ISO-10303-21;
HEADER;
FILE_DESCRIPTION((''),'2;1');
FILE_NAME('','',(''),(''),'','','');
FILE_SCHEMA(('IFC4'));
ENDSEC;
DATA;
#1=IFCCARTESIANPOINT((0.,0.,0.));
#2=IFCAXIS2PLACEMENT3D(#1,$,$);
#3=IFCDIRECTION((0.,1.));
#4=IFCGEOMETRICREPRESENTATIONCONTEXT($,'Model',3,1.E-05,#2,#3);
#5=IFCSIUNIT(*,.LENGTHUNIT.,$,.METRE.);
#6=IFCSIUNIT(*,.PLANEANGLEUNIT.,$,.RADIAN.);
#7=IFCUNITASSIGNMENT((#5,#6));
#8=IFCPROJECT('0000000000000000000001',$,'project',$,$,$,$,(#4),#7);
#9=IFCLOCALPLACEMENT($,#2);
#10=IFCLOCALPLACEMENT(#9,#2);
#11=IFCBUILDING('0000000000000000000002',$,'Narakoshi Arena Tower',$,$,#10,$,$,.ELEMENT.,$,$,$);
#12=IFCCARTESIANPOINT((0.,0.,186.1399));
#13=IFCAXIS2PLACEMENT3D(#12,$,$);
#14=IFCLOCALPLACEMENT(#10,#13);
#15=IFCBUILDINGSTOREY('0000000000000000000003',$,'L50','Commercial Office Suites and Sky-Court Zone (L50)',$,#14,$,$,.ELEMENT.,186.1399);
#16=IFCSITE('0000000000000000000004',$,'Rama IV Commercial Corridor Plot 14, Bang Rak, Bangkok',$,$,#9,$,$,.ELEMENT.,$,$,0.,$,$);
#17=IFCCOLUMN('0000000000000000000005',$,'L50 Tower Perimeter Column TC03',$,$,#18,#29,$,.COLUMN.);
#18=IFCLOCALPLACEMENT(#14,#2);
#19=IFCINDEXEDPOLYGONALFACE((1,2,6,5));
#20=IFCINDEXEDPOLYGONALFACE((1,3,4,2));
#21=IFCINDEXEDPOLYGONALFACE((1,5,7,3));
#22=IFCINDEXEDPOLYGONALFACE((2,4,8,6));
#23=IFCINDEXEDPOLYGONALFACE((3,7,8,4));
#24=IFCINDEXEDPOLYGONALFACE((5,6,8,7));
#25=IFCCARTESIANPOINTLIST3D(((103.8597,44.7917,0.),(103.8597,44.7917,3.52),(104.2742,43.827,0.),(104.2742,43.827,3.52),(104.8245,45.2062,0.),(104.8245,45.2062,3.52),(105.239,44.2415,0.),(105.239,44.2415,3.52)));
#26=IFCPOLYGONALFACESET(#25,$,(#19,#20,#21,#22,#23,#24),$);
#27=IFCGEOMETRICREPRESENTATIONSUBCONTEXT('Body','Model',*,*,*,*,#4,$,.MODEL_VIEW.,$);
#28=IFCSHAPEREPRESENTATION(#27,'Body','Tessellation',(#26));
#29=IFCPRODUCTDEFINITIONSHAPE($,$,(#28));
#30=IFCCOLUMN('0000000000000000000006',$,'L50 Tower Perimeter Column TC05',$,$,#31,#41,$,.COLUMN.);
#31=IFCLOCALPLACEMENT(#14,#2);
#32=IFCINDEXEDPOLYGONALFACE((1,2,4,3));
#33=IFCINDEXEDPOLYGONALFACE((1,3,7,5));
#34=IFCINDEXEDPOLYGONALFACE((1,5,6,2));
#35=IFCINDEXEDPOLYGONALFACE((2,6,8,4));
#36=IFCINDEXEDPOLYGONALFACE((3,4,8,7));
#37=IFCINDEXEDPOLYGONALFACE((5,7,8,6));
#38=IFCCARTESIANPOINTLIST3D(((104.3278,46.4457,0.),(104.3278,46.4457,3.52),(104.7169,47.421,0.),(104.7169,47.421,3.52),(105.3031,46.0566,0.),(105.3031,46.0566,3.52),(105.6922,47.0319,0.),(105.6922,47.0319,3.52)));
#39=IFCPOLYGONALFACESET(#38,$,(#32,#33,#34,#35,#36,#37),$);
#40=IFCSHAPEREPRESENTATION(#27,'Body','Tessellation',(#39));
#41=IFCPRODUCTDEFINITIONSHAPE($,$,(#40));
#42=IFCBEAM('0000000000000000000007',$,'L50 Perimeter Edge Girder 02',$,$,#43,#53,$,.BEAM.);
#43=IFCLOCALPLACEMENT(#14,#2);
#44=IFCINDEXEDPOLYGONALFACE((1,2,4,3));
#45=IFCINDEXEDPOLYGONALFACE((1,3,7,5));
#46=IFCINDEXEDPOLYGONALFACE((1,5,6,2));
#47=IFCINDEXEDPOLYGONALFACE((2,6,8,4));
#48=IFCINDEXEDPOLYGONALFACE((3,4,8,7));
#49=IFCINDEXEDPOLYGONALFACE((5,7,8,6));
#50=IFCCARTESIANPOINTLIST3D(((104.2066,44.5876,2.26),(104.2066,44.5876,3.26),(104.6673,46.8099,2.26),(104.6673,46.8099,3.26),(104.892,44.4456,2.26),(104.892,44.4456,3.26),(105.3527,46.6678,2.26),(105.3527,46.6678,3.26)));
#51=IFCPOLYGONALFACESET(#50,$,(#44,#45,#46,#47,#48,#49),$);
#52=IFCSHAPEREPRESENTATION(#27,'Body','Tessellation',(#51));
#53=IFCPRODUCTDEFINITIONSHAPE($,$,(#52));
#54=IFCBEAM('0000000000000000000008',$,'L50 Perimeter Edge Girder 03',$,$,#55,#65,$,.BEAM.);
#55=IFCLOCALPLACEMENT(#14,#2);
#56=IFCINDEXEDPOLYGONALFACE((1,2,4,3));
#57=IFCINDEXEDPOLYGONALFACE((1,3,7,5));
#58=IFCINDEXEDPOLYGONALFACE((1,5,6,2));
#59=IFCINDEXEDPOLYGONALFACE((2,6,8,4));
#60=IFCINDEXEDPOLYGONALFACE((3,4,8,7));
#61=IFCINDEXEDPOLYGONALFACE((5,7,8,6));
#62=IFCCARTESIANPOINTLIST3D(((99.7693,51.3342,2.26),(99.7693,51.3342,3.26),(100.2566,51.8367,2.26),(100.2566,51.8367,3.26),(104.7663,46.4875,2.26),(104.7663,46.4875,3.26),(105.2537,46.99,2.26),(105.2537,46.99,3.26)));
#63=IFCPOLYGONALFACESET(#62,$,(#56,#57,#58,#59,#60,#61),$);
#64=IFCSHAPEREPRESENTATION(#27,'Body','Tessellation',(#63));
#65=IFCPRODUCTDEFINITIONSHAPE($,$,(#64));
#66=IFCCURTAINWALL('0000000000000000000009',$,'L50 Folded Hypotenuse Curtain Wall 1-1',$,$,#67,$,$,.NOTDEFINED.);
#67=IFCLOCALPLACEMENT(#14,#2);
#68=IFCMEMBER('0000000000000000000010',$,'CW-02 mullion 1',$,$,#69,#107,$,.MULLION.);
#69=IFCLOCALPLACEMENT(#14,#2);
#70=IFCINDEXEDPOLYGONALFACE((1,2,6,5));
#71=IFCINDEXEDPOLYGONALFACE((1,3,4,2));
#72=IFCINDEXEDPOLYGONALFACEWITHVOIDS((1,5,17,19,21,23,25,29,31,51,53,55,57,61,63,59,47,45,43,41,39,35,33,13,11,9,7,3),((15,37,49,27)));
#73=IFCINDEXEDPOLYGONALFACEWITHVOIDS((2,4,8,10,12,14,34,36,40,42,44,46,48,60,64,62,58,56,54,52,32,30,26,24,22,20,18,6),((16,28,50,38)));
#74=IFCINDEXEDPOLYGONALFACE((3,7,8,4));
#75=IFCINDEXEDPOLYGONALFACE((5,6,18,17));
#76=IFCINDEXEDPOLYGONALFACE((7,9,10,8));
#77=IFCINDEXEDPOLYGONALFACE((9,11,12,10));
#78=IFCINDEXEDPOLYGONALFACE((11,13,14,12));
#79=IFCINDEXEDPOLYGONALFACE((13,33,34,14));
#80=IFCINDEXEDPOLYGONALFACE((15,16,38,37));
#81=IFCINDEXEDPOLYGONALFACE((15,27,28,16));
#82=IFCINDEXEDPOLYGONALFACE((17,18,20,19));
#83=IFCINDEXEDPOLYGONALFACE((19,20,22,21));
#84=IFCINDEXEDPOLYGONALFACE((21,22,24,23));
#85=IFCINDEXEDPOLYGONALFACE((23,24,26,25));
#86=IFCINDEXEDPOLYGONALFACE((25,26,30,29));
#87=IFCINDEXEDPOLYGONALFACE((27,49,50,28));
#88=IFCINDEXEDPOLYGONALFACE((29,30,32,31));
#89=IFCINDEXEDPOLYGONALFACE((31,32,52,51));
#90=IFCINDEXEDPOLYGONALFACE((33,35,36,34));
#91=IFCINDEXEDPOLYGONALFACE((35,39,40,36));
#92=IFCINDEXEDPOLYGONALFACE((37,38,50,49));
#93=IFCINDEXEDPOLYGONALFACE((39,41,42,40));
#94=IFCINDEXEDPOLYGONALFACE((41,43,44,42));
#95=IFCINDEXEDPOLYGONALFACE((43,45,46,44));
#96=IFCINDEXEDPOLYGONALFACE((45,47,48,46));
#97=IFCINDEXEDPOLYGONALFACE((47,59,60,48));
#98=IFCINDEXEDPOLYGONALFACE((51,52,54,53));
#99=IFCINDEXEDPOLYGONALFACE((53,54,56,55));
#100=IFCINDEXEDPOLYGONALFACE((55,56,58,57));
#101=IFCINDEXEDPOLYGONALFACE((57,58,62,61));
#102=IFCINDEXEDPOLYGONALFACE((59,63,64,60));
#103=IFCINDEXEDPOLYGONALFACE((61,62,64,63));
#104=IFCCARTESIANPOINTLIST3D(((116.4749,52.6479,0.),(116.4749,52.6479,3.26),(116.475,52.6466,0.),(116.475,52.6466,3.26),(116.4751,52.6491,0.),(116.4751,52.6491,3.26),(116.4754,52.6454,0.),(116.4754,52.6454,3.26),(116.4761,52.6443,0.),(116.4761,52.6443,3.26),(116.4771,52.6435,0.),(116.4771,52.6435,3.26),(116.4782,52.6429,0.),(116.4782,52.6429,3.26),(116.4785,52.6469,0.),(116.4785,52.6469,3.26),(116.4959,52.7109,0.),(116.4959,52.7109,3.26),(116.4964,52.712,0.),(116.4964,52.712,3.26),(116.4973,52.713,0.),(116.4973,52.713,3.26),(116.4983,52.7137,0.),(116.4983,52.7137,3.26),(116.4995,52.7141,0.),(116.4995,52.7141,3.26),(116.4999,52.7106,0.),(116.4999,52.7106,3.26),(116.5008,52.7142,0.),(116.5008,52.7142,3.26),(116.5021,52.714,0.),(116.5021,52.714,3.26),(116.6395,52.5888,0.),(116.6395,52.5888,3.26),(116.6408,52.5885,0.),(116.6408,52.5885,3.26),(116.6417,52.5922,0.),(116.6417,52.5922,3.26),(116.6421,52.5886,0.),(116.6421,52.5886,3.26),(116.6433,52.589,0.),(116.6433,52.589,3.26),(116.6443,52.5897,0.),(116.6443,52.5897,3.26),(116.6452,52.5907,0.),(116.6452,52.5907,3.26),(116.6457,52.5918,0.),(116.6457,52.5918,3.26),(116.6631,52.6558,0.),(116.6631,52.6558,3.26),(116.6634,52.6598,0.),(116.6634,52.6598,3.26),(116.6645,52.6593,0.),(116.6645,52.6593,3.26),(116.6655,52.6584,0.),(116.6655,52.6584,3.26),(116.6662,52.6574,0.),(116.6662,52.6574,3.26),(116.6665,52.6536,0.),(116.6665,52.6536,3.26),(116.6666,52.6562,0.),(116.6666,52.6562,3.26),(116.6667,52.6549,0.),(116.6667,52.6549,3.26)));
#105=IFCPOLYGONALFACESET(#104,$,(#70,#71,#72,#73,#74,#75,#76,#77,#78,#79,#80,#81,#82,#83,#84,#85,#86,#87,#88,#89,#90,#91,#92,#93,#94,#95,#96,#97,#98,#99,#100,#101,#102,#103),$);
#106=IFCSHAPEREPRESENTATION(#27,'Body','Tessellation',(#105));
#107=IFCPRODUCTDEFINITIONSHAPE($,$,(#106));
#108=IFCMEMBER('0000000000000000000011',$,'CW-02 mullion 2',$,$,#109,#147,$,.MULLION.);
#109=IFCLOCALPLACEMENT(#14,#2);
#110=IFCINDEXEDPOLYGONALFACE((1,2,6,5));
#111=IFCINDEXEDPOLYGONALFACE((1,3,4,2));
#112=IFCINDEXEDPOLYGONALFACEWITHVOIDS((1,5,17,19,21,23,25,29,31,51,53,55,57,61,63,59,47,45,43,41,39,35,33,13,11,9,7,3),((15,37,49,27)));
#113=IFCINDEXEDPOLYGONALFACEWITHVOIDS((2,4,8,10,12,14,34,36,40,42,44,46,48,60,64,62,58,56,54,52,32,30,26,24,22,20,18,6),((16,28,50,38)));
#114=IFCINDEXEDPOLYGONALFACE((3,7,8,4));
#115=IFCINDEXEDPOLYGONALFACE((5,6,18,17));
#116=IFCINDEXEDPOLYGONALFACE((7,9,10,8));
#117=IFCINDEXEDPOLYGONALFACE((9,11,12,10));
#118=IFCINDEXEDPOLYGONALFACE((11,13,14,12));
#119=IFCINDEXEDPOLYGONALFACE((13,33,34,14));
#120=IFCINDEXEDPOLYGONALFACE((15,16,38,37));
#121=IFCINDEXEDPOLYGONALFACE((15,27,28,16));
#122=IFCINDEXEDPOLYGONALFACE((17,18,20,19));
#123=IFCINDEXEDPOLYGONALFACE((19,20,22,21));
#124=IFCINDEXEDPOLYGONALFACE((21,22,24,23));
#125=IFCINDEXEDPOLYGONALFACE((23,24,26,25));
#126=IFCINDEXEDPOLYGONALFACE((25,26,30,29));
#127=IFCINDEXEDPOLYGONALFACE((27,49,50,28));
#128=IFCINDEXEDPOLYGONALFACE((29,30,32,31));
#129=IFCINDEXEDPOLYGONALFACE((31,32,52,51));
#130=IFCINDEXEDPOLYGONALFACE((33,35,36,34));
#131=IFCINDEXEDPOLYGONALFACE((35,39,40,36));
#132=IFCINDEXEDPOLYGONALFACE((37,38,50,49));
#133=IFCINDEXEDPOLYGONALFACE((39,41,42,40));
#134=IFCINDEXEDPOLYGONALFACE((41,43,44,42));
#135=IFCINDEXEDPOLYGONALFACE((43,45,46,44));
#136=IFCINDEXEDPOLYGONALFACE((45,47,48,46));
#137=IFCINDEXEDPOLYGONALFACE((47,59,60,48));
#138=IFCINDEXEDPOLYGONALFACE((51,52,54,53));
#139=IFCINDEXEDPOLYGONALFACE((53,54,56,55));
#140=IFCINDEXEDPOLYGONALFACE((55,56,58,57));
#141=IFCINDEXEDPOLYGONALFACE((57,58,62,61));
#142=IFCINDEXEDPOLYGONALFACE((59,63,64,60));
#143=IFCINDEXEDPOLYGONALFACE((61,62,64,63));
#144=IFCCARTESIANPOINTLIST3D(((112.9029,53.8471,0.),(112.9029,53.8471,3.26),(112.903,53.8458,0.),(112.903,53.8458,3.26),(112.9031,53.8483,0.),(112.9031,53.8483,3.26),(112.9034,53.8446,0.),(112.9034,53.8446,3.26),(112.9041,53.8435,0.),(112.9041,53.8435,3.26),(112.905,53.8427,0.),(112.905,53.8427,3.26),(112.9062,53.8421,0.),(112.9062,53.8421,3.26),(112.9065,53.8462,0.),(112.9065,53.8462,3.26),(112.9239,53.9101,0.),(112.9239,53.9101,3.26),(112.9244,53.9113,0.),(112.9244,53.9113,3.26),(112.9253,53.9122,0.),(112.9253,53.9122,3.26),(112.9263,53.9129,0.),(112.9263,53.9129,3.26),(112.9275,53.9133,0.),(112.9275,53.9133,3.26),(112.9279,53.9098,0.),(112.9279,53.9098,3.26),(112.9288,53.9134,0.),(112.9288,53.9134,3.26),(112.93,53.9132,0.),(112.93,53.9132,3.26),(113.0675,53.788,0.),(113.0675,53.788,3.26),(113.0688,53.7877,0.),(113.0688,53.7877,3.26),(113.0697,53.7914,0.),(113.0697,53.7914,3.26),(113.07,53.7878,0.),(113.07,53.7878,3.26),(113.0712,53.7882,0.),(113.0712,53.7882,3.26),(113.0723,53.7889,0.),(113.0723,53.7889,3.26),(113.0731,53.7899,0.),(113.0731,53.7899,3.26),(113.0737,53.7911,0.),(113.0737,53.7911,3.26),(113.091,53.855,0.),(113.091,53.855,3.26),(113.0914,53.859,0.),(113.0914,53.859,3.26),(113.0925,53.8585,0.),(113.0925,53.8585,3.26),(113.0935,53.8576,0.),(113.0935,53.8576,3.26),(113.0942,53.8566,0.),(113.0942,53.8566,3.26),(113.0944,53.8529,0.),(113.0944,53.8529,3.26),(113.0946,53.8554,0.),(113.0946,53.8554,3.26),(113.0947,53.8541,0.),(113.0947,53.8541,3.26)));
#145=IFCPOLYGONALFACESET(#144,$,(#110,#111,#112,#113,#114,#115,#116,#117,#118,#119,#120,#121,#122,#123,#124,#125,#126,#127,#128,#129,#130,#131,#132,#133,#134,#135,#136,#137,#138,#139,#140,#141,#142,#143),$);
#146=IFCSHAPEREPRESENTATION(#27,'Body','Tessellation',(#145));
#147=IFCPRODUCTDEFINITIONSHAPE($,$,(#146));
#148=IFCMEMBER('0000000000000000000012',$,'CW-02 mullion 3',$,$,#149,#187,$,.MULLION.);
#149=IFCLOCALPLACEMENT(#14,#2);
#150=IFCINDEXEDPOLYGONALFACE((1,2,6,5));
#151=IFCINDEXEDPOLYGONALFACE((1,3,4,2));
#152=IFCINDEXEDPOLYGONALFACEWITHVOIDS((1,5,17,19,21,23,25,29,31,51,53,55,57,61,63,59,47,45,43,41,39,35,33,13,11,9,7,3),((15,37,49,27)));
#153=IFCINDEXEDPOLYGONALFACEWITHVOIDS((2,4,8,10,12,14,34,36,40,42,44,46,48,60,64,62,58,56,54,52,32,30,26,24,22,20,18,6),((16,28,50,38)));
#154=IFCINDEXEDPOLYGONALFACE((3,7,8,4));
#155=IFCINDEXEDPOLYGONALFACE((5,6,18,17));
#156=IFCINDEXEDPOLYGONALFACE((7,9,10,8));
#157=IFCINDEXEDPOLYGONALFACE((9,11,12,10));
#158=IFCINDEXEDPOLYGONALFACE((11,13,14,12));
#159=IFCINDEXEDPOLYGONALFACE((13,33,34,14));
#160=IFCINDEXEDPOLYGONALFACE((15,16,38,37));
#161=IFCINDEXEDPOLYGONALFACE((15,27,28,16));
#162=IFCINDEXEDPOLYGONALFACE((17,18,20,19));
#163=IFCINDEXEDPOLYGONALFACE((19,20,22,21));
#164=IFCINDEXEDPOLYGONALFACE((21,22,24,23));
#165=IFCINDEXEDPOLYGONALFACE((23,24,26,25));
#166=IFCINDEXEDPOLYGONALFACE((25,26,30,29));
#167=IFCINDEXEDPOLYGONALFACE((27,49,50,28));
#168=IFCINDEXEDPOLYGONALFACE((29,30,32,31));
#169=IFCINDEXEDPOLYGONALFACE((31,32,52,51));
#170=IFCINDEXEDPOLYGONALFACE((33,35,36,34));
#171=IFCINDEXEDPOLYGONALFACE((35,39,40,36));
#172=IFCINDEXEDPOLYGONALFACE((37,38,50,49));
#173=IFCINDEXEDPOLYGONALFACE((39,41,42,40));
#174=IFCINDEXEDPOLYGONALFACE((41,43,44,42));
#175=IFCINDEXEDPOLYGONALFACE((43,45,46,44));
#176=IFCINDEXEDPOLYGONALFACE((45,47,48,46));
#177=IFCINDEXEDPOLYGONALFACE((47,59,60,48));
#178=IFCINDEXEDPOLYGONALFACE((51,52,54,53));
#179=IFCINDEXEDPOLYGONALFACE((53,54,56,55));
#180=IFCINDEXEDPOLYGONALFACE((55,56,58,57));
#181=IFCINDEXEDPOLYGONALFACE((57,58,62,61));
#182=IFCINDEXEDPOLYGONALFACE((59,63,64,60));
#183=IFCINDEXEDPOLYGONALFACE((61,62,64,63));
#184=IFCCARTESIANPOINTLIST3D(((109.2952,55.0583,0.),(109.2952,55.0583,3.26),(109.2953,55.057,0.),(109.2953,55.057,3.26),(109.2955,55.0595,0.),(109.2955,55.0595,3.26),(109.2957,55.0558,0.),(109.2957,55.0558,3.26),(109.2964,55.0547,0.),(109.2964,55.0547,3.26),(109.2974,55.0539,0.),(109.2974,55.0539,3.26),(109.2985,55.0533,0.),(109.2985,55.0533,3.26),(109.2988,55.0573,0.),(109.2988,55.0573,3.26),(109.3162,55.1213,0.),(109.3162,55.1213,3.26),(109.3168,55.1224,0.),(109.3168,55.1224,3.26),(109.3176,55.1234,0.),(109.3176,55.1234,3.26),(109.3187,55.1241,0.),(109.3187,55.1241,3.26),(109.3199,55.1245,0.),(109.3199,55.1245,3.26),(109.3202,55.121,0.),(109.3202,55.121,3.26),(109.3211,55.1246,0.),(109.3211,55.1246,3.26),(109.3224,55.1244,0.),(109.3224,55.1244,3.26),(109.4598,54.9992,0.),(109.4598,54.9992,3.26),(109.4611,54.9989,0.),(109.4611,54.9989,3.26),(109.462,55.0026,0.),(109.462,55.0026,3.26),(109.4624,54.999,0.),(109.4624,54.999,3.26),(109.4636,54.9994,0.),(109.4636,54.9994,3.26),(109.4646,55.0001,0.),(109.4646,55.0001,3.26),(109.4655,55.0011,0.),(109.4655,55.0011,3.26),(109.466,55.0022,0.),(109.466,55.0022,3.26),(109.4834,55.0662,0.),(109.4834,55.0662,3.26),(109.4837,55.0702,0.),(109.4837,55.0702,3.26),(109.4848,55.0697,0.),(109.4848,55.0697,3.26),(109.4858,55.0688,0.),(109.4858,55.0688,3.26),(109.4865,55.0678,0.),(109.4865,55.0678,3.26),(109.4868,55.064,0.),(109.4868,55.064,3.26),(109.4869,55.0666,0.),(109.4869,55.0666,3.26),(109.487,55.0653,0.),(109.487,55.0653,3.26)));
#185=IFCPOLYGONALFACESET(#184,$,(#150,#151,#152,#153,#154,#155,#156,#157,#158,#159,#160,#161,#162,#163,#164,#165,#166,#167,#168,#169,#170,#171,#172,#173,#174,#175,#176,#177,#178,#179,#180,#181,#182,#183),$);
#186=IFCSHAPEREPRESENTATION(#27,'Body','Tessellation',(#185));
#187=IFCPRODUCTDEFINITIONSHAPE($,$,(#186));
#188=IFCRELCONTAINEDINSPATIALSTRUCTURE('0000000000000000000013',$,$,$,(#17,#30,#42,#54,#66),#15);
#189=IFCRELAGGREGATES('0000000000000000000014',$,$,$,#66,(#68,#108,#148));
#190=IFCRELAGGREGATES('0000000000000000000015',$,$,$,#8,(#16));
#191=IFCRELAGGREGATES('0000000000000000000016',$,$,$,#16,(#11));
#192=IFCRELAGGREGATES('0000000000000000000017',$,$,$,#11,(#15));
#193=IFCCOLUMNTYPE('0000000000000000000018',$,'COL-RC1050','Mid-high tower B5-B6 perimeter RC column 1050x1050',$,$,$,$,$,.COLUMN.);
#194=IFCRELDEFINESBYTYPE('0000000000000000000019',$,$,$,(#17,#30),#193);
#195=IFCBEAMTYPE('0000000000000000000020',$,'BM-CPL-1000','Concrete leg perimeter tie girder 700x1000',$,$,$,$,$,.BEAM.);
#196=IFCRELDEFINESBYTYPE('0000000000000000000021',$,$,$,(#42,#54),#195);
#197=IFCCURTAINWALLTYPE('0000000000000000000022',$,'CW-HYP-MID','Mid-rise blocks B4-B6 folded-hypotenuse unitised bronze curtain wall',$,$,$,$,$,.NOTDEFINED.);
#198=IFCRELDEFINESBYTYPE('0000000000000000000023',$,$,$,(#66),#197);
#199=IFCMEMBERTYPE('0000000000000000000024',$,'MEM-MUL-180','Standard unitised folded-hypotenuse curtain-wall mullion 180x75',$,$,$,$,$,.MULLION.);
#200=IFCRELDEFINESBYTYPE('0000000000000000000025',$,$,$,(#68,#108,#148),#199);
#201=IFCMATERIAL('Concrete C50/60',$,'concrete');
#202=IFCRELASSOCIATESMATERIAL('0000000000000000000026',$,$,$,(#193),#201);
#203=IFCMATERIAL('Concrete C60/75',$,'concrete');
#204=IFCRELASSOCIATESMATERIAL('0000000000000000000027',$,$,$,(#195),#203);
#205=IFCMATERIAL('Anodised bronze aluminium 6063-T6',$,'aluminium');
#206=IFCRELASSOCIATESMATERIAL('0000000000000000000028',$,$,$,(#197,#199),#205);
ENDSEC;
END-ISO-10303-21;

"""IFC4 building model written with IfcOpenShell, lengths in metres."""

from ifc_helpers import new_model, si_unit, direction, frame, origin, origin_2d, place, context, subcontext, project, spatial, rectangle, hollow_rectangle, extrude, material, material_profile, profile_set, type_object, element, aggregate, save


model = new_model("IFC4")

# Units and contexts
model_context = context("Model", 3, precision=1e-05, world=origin(), true_north=direction((0.0, 1.0)))
body_context = subcontext(model_context, "Body", "Model", "MODEL_VIEW")
ifc_project = project(units=[si_unit("LENGTHUNIT", "METRE"), si_unit("PLANEANGLEUNIT", "RADIAN")], contexts=[model_context])

# Site, building, storey
site_placement = place(None, origin())
site = spatial("IfcSite", under=ifc_project, at=site_placement, Name="Rama IV Commercial Corridor Plot 14, Bang Rak, Bangkok", CompositionType="ELEMENT", RefElevation=0.0)
building_placement = place(site_placement, origin())
building = spatial("IfcBuilding", under=site, at=building_placement, Name="Narakoshi Arena Tower", CompositionType="ELEMENT")
storey_placement = place(building_placement, frame((0.0, 0.0, 186.1399)))
storey = spatial("IfcBuildingStorey", under=building, at=storey_placement, Name="L50", Description="Commercial Office Suites and Sky-Court Zone (L50)", CompositionType="ELEMENT", Elevation=186.1399)

# Columns
ifc_material_1 = material(Name="Concrete C50/60", Category="concrete")
ifc_material_profile_1 = material_profile(ifc_material_1, rectangle(XDim=1.05, YDim=1.05, at=origin_2d()), Name="RC1050x1050")
ifc_profile_set_1 = profile_set([ifc_material_profile_1], Name="Concrete C50/60")
column_type = type_object("IfcColumnType", Name="COL-RC1050", Description="Mid-high tower B5-B6 perimeter RC column 1050x1050", PredefinedType="COLUMN", material=ifc_profile_set_1)
for number, where, z_axis, x_axis, name in (
    (1, (104.5493, 44.5166, 0.0), (0.0, 0.0, 1.0), (0.918791, 0.394744, 0.0), "L50 Tower Perimeter Column TC03"),
    (2, (105.01, 46.7388, 0.0), (0.0, 0.0, 1.0), (0.370557, 0.92881, 0.0), "L50 Tower Perimeter Column TC05"),
):
    element("IfcColumn", number, at=place(storey_placement, frame(where, z_axis=z_axis, x_axis=x_axis)), inside=storey, type_object=column_type, Name=name, PredefinedType="COLUMN", context=body_context, shape_type="SweptSolid", body=[
        extrude(rectangle(XDim=1.05, YDim=1.05, at=origin_2d()), origin(), (0.0, 0.0, 1.0), 3.52),
    ])

# Beams
ifc_material_2 = material(Name="Concrete C60/75", Category="concrete")
ifc_material_profile_2 = material_profile(ifc_material_2, rectangle(XDim=0.7, YDim=1.0, at=origin_2d()), Name="RCB700x1000")
ifc_profile_set_2 = profile_set([ifc_material_profile_2], Name="Concrete C60/75")
beam_type = type_object("IfcBeamType", Name="BM-CPL-1000", Description="Concrete leg perimeter tie girder 700x1000", PredefinedType="BEAM", material=ifc_profile_set_2)
beam_1_placement = place(storey_placement, frame((104.5493, 44.5166, 2.76), z_axis=(0.203, 0.979179, 0.0), x_axis=(-0.979179, 0.203, 0.0)))
element("IfcBeam", 3, at=beam_1_placement, inside=storey, type_object=beam_type, Name="L50 Perimeter Edge Girder 02", PredefinedType="BEAM", context=body_context, shape_type="SweptSolid", body=[
    extrude(rectangle(XDim=0.7, YDim=1.0, at=origin_2d()), origin(), (0.0, 0.0, 1.0), 2.2695),
])
beam_2_placement = place(storey_placement, frame((105.01, 46.7388, 2.76), z_axis=(-0.717826, 0.696223, 0.0), x_axis=(-0.696223, -0.717826, 0.0)))
element("IfcBeam", 4, at=beam_2_placement, inside=storey, type_object=beam_type, Name="L50 Perimeter Edge Girder 03", PredefinedType="BEAM", context=body_context, shape_type="SweptSolid", body=[
    extrude(rectangle(XDim=0.7, YDim=1.0, at=origin_2d()), origin(), (0.0, 0.0, 1.0), 6.9614),
])

# Curtain wall, members
ifc_material_3 = material(Name="Anodised bronze aluminium 6063-T6", Category="aluminium")
curtain_wall_type = type_object("IfcCurtainWallType", Name="CW-HYP-MID", Description="Mid-rise blocks B4-B6 folded-hypotenuse unitised bronze curtain wall", PredefinedType="NOTDEFINED", material=ifc_material_3)
curtain_wall_placement = place(storey_placement, origin())
curtain_wall = element("IfcCurtainWall", 5, at=curtain_wall_placement, inside=storey, type_object=curtain_wall_type, Name="L50 Folded Hypotenuse Curtain Wall 1-1", PredefinedType="NOTDEFINED")
ifc_material_profile_3 = material_profile(ifc_material_3, hollow_rectangle(XDim=0.075, YDim=0.1799, WallThickness=0.0039, OuterFilletRadius=0.0049, at=origin_2d()), Name="MUL180x75x4")
ifc_profile_set_3 = profile_set([ifc_material_profile_3], Name="Anodised bronze aluminium 6063-T6")
member_type_1 = type_object("IfcMemberType", Name="MEM-MUL-180", Description="Standard unitised folded-hypotenuse curtain-wall mullion 180x75", PredefinedType="MULLION", material=ifc_profile_set_3)
member_1_placement = place(storey_placement, frame((116.5708, 52.6514, 0.0), z_axis=(0.0, 0.0, 1.0), x_axis=(-0.318261, -0.948003, 0.0)))
member_1 = element("IfcMember", 6, at=member_1_placement, type_object=member_type_1, Name="CW-02 mullion 1", PredefinedType="MULLION", context=body_context, shape_type="SweptSolid", body=[
    extrude(hollow_rectangle(XDim=0.075, YDim=0.1799, WallThickness=0.0039, OuterFilletRadius=0.0049, at=origin_2d()), origin(), (0.0, 0.0, 1.0), 3.26),
])
member_2_placement = place(storey_placement, frame((112.9988, 53.8506, 0.0), z_axis=(0.0, 0.0, 1.0), x_axis=(-0.318261, -0.948003, 0.0)))
member_2 = element("IfcMember", 7, at=member_2_placement, type_object=member_type_1, Name="CW-02 mullion 2", PredefinedType="MULLION", context=body_context, shape_type="SweptSolid", body=[
    extrude(hollow_rectangle(XDim=0.075, YDim=0.1799, WallThickness=0.0039, OuterFilletRadius=0.0049, at=origin_2d()), origin(), (0.0, 0.0, 1.0), 3.26),
])
member_3_placement = place(storey_placement, frame((109.3911, 55.0618, 0.0), z_axis=(0.0, 0.0, 1.0), x_axis=(-0.318261, -0.948003, 0.0)))
member_3 = element("IfcMember", 8, at=member_3_placement, type_object=member_type_1, Name="CW-02 mullion 3", PredefinedType="MULLION", context=body_context, shape_type="SweptSolid", body=[
    extrude(hollow_rectangle(XDim=0.075, YDim=0.1799, WallThickness=0.0039, OuterFilletRadius=0.0049, at=origin_2d()), origin(), (0.0, 0.0, 1.0), 3.26),
])
aggregate(curtain_wall, [member_1, member_2, member_3])

save(model, "model.ifc")
